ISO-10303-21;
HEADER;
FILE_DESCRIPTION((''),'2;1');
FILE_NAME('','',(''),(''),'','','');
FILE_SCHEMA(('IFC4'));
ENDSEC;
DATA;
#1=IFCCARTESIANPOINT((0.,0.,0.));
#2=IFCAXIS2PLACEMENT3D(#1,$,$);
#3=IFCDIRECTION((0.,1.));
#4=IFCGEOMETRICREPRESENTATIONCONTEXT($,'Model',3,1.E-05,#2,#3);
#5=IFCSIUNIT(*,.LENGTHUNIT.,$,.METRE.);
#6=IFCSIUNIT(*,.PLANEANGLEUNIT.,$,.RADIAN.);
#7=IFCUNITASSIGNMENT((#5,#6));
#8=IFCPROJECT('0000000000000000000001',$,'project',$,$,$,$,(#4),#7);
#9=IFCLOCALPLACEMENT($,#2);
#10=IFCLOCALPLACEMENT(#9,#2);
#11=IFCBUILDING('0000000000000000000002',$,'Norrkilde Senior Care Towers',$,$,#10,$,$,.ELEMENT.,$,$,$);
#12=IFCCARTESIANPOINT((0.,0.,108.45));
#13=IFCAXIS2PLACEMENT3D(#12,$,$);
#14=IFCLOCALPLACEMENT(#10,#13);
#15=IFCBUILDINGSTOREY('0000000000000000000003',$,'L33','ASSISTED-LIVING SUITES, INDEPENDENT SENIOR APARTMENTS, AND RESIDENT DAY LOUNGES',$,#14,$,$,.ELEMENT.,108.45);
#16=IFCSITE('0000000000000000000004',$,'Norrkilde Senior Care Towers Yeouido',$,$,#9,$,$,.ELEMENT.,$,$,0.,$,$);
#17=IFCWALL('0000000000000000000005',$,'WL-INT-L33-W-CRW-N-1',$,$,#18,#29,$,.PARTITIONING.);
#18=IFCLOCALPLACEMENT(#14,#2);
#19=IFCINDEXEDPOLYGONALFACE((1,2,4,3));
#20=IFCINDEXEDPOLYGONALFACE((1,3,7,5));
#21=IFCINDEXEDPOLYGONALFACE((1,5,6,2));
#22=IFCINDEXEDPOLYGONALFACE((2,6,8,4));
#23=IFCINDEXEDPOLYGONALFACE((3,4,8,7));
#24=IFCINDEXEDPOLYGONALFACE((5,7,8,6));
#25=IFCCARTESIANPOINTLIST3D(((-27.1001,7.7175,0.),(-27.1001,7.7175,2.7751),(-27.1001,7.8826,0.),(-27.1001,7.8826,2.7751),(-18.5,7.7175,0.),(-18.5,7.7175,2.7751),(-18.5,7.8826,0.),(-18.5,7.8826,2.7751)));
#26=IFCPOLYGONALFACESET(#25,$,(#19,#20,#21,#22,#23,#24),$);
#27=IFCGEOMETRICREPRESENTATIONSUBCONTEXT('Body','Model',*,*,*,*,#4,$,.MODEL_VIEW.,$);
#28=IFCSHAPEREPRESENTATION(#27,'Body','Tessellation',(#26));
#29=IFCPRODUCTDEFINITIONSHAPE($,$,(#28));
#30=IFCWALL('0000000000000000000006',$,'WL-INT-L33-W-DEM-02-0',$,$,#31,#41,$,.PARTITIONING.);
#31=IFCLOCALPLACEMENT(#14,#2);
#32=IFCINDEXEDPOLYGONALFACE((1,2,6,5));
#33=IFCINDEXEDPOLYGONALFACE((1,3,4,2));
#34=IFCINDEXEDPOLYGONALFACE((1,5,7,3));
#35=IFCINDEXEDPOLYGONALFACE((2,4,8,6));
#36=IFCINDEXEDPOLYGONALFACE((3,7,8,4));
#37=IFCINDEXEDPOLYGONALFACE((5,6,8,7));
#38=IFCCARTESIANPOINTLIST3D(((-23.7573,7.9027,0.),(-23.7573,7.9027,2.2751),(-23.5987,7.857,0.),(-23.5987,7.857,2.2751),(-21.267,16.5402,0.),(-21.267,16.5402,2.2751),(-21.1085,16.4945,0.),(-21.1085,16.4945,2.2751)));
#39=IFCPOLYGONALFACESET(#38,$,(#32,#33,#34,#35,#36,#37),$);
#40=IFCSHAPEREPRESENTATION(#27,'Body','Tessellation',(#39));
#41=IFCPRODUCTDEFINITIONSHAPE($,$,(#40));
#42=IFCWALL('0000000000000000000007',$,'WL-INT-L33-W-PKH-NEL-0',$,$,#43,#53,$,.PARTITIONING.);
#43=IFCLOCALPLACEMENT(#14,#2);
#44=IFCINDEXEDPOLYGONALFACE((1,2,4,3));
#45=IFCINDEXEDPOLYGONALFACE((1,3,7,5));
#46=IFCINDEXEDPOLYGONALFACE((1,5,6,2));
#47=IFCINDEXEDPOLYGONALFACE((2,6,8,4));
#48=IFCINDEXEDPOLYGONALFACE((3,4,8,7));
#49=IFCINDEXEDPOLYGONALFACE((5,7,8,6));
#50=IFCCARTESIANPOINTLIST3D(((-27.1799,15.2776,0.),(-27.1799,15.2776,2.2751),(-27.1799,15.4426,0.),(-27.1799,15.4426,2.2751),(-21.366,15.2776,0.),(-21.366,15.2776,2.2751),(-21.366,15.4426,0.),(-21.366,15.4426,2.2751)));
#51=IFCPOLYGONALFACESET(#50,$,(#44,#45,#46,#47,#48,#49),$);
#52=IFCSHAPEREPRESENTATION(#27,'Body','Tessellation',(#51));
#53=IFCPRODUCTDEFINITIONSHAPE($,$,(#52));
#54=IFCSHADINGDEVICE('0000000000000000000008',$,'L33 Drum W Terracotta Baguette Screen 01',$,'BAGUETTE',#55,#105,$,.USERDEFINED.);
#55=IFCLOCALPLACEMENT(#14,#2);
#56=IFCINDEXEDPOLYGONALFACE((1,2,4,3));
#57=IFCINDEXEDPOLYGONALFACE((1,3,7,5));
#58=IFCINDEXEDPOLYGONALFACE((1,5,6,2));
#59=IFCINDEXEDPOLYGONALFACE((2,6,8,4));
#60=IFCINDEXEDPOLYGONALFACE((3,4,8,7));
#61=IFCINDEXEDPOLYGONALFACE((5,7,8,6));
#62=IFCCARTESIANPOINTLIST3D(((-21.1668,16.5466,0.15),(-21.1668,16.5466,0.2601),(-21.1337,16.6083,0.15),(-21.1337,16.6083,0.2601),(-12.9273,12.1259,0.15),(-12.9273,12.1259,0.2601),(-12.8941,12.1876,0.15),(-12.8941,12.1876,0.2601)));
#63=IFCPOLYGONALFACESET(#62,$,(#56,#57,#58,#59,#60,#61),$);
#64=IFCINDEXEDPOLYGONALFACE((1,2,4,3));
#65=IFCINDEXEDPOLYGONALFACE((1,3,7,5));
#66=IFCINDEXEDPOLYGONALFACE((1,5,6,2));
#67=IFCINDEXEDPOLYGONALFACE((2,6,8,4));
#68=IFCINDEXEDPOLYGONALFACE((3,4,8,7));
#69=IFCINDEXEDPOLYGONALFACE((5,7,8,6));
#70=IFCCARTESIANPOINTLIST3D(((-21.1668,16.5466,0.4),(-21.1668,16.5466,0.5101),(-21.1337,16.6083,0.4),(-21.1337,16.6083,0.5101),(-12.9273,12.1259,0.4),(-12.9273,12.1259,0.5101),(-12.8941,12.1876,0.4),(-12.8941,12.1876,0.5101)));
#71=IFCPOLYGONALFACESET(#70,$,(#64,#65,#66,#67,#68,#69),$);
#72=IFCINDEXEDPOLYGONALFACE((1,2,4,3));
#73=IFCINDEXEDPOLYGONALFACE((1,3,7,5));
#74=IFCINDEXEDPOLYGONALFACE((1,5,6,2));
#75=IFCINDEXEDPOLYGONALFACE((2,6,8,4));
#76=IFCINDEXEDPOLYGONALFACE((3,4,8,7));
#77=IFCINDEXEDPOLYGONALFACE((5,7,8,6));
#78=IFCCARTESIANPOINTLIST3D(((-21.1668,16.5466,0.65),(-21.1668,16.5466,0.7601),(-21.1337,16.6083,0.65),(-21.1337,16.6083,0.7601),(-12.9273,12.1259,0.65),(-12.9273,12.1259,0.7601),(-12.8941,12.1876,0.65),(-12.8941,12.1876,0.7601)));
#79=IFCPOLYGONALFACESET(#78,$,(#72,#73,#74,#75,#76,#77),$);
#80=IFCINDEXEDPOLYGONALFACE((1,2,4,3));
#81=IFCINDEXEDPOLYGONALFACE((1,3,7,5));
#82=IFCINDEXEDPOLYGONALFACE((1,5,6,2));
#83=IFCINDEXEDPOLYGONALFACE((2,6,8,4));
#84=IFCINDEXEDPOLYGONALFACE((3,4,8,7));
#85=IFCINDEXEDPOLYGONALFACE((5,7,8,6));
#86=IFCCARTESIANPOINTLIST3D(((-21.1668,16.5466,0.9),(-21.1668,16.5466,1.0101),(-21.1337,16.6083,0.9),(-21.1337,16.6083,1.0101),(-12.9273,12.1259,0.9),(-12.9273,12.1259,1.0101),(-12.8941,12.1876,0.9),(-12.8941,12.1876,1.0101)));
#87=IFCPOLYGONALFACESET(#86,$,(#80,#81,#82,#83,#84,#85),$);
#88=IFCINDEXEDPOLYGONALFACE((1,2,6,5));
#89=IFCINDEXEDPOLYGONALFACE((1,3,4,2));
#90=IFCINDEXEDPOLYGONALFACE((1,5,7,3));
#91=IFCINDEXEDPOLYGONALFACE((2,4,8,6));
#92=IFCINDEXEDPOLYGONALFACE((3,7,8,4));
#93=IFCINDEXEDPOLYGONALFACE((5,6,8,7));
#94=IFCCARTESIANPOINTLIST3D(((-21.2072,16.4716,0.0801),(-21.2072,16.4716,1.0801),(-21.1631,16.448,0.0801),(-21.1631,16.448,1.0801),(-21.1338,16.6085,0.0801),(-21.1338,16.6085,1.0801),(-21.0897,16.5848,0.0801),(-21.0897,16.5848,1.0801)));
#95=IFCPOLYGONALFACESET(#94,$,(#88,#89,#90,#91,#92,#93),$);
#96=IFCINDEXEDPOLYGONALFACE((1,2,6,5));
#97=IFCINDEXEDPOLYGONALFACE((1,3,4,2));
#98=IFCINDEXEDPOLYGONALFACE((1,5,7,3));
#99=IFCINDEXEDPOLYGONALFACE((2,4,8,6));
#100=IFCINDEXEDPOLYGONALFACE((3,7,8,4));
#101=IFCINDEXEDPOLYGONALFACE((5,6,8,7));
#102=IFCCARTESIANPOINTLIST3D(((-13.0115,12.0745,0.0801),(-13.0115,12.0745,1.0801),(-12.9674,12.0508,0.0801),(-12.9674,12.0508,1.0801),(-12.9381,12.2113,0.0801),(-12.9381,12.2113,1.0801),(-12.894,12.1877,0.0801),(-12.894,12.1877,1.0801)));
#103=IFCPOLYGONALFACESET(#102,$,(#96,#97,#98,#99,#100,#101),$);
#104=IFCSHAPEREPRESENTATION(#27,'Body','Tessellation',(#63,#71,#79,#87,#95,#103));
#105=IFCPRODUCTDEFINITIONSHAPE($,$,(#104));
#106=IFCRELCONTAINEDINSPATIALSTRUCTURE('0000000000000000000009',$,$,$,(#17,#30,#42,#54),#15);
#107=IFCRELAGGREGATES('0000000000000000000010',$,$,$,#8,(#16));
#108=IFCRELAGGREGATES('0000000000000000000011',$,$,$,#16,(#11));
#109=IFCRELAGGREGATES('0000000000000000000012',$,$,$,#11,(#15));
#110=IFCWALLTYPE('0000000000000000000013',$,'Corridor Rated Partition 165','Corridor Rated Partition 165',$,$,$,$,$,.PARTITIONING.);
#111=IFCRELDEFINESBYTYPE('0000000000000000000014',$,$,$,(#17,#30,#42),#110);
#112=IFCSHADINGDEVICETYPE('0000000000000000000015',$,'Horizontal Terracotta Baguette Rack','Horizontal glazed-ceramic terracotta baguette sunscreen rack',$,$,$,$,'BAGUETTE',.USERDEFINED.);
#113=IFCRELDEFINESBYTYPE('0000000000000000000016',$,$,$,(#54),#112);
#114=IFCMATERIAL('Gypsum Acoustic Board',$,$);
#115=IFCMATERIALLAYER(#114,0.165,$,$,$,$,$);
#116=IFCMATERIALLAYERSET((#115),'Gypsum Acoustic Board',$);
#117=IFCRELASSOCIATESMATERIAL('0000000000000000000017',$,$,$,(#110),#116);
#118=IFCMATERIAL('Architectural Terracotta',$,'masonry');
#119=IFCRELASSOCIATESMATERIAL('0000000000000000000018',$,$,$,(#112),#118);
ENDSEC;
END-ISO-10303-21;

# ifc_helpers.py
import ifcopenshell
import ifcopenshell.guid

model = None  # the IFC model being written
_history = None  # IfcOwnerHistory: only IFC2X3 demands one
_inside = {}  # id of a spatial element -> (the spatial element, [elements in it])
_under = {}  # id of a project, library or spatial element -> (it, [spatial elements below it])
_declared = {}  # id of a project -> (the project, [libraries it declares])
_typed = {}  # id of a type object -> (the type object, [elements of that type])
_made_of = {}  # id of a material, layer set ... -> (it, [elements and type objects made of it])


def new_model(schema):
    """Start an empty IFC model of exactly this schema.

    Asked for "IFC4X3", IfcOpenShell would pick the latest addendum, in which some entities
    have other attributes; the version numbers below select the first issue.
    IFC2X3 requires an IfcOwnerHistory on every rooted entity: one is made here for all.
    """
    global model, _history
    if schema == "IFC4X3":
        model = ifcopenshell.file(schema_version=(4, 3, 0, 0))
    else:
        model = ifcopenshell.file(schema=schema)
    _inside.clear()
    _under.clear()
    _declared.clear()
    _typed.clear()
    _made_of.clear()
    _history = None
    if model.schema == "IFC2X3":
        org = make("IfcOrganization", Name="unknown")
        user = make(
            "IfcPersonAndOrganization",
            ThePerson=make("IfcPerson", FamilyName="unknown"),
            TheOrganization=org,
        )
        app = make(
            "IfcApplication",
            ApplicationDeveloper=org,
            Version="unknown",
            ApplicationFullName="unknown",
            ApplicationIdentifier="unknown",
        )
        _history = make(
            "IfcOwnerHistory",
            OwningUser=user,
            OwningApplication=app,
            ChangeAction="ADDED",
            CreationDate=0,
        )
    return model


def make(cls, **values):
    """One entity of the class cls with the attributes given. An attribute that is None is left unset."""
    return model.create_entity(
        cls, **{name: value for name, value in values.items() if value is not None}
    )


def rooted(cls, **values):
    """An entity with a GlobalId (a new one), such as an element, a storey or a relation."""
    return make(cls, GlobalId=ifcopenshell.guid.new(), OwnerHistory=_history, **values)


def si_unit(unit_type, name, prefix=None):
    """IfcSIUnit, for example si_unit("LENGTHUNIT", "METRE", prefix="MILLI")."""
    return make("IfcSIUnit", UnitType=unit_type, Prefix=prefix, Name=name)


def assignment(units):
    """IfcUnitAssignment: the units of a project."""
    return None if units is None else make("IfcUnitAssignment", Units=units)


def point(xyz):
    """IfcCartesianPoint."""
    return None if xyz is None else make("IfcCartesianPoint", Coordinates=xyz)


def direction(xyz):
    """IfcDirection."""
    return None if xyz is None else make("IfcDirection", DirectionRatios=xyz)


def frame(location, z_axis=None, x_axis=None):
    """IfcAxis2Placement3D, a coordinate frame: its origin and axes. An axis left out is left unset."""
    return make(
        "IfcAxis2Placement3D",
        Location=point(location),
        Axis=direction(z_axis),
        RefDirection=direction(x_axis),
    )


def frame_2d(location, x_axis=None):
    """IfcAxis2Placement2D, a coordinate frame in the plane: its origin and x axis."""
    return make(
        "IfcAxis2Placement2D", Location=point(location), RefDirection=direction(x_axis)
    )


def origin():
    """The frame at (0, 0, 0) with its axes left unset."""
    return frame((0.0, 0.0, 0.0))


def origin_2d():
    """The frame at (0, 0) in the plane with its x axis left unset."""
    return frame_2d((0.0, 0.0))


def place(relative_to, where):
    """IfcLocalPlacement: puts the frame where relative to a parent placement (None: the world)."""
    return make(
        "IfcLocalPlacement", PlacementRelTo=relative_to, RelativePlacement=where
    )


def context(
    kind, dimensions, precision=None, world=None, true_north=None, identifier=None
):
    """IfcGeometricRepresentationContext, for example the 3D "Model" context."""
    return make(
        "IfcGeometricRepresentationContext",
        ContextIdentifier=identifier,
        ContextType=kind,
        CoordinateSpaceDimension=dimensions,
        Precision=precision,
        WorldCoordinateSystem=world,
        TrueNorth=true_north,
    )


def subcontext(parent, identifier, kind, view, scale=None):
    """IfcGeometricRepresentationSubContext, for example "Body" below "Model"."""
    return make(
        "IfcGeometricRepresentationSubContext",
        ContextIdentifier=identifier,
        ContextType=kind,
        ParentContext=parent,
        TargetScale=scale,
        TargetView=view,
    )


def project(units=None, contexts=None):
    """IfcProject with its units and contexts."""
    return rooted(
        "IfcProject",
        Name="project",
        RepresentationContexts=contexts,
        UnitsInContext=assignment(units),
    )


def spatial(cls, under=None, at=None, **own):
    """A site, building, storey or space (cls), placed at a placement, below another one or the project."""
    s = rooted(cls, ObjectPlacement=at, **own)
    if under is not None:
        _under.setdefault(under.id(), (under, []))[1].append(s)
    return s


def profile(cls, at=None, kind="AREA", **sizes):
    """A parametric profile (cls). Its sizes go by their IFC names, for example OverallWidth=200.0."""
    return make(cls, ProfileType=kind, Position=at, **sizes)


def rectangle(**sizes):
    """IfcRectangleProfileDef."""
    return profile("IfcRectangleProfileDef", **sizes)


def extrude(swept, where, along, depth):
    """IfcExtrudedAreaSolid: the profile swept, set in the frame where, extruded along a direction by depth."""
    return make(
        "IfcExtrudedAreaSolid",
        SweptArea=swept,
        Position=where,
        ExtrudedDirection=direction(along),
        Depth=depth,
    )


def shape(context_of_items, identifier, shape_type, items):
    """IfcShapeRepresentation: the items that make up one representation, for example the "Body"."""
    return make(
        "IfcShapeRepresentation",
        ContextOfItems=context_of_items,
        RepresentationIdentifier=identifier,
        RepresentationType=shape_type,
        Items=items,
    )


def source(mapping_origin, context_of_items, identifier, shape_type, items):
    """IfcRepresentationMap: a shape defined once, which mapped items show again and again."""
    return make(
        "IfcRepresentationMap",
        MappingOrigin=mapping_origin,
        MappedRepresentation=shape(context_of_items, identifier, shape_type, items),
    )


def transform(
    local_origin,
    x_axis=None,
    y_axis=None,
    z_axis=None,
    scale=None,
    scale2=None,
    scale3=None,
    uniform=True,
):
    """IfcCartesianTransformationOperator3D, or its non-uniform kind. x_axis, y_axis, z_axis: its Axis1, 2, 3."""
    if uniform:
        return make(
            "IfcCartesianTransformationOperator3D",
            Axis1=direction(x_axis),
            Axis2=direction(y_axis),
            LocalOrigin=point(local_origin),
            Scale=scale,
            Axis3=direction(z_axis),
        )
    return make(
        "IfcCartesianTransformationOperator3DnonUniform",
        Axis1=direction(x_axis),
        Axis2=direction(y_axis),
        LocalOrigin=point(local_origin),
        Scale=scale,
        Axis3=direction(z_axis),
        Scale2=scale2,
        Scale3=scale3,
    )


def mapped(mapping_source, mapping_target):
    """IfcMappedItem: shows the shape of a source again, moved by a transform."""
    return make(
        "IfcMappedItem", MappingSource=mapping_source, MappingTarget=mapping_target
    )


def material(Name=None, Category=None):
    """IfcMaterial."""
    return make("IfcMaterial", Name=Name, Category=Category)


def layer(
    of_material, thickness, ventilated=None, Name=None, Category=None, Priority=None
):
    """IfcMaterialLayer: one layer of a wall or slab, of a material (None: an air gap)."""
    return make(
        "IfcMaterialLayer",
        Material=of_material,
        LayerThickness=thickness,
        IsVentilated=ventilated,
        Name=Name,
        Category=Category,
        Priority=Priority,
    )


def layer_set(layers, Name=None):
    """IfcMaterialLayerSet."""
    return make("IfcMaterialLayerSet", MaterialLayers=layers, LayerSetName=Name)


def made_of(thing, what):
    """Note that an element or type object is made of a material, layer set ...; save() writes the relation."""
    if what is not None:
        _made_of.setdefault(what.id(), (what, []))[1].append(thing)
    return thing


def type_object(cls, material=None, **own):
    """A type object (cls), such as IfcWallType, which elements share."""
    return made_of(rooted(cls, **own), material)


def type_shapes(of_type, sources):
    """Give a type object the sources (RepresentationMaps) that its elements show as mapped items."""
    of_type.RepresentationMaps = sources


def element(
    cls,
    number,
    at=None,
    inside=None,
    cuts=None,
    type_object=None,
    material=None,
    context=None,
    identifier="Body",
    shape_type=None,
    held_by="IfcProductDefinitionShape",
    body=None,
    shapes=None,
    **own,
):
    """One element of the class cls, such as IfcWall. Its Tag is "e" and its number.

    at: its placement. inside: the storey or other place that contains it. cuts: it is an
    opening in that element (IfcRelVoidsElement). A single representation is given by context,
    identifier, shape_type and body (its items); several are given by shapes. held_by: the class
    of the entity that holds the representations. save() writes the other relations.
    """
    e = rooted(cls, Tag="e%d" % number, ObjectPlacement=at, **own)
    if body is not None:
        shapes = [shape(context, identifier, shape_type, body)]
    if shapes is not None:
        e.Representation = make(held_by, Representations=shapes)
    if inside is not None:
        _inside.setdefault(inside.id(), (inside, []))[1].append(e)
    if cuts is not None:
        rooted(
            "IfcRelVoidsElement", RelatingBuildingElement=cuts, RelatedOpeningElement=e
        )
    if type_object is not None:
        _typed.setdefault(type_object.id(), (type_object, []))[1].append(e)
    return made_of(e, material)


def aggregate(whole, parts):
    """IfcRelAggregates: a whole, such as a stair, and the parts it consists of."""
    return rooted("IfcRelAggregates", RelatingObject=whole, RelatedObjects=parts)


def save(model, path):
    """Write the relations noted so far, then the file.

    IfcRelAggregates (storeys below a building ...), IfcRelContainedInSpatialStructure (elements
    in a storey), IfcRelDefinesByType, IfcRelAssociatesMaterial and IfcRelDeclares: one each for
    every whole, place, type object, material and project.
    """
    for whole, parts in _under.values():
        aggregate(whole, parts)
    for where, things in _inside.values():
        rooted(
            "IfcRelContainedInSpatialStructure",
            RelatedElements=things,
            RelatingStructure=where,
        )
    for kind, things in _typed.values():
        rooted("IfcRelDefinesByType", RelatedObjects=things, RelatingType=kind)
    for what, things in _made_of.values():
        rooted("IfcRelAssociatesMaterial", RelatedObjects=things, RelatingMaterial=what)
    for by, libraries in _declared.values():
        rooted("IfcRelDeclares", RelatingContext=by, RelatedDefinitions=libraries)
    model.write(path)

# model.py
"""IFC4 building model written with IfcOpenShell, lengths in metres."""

from ifc_helpers import new_model, si_unit, direction, frame, frame_2d, origin, origin_2d, place, context, subcontext, project, spatial, rectangle, extrude, source, transform, mapped, material, layer, layer_set, type_object, type_shapes, element, save


model = new_model("IFC4")

# Units and contexts
model_context = context("Model", 3, precision=1e-05, world=origin(), true_north=direction((0.0, 1.0)))
body_context = subcontext(model_context, "Body", "Model", "MODEL_VIEW")
ifc_project = project(units=[si_unit("LENGTHUNIT", "METRE"), si_unit("PLANEANGLEUNIT", "RADIAN")], contexts=[model_context])

# Site, building, storey
site_placement = place(None, origin())
site = spatial("IfcSite", under=ifc_project, at=site_placement, Name="Norrkilde Senior Care Towers Yeouido", CompositionType="ELEMENT", RefElevation=0.0)
building_placement = place(site_placement, origin())
building = spatial("IfcBuilding", under=site, at=building_placement, Name="Norrkilde Senior Care Towers", CompositionType="ELEMENT")
storey_placement = place(building_placement, frame((0.0, 0.0, 108.45)))
storey = spatial("IfcBuildingStorey", under=building, at=storey_placement, Name="L33", Description="ASSISTED-LIVING SUITES, INDEPENDENT SENIOR APARTMENTS, AND RESIDENT DAY LOUNGES", CompositionType="ELEMENT", Elevation=108.45)

# Shared definitions
ifc_material_1 = material(Name="Gypsum Acoustic Board")
ifc_layer_1 = layer(ifc_material_1, 0.165)
ifc_layer_set_1 = layer_set([ifc_layer_1], Name="Gypsum Acoustic Board")
wall_type = type_object("IfcWallType", Name="Corridor Rated Partition 165", Description="Corridor Rated Partition 165", PredefinedType="PARTITIONING", material=ifc_layer_set_1)

# Walls
shared_shape_1 = source(origin(), body_context, "Body", "SweptSolid", [
    extrude(rectangle(XDim=8.6001, YDim=0.165, at=frame_2d((4.3, 0.0))), origin(), (0.0, 0.0, 1.0), 2.7751),
])
wall_1_placement = place(storey_placement, frame((-27.1001, 7.8, 0.0), z_axis=(0.0, 0.0, 1.0), x_axis=(1.0, 0.0, 0.0)))
element("IfcWall", 1, at=wall_1_placement, inside=storey, type_object=wall_type, Name="WL-INT-L33-W-CRW-N-1", PredefinedType="PARTITIONING", context=body_context, shape_type="MappedRepresentation", body=[
    mapped(shared_shape_1, transform((0.0, 0.0, 0.0), x_axis=(1.0, 0.0, 0.0), y_axis=(0.0, 1.0, 0.0), z_axis=(0.0, 0.0, 1.0), scale=1.0)),
])
shared_shape_2 = source(origin(), body_context, "Body", "SweptSolid", [
    extrude(rectangle(XDim=8.9893, YDim=0.165, at=frame_2d((4.4946, 0.0))), origin(), (0.0, 0.0, 1.0), 2.2751),
])
wall_2_placement = place(storey_placement, frame((-23.678, 7.8799, 0.0), z_axis=(0.0, 0.0, 1.0), x_axis=(0.277023, 0.960863, 0.0)))
element("IfcWall", 2, at=wall_2_placement, inside=storey, type_object=wall_type, Name="WL-INT-L33-W-DEM-02-0", PredefinedType="PARTITIONING", context=body_context, shape_type="MappedRepresentation", body=[
    mapped(shared_shape_2, transform((0.0, 0.0, 0.0), x_axis=(1.0, 0.0, 0.0), y_axis=(0.0, 1.0, 0.0), z_axis=(0.0, 0.0, 1.0), scale=1.0)),
])
shared_shape_3 = source(origin(), body_context, "Body", "SweptSolid", [
    extrude(rectangle(XDim=5.814, YDim=0.165, at=frame_2d((2.907, 0.0))), origin(), (0.0, 0.0, 1.0), 2.2751),
])
wall_3_placement = place(storey_placement, frame((-27.1799, 15.3601, 0.0), z_axis=(0.0, 0.0, 1.0), x_axis=(1.0, 0.0, 0.0)))
element("IfcWall", 3, at=wall_3_placement, inside=storey, type_object=wall_type, Name="WL-INT-L33-W-PKH-NEL-0", PredefinedType="PARTITIONING", context=body_context, shape_type="MappedRepresentation", body=[
    mapped(shared_shape_3, transform((0.0, 0.0, 0.0), x_axis=(1.0, 0.0, 0.0), y_axis=(0.0, 1.0, 0.0), z_axis=(0.0, 0.0, 1.0), scale=1.0)),
])

# Shading device
ifc_material_2 = material(Name="Architectural Terracotta", Category="masonry")
shading_device_type = type_object("IfcShadingDeviceType", Name="Horizontal Terracotta Baguette Rack", Description="Horizontal glazed-ceramic terracotta baguette sunscreen rack", ElementType="BAGUETTE", PredefinedType="USERDEFINED", material=ifc_material_2)
shared_shape_4 = source(origin(), body_context, "Body", "SweptSolid", [
    extrude(rectangle(XDim=0.0701, YDim=0.1101, at=origin_2d()), frame((0.0, 0.0901, 0.125), z_axis=(1.0, 0.0, 0.0), x_axis=(0.0, 1.0, 0.0)), (0.0, 0.0, 1.0), 9.3506),
    extrude(rectangle(XDim=0.0701, YDim=0.1101, at=origin_2d()), frame((0.0, 0.0901, 0.375), z_axis=(1.0, 0.0, 0.0), x_axis=(0.0, 1.0, 0.0)), (0.0, 0.0, 1.0), 9.3506),
    extrude(rectangle(XDim=0.0701, YDim=0.1101, at=origin_2d()), frame((0.0, 0.0901, 0.625), z_axis=(1.0, 0.0, 0.0), x_axis=(0.0, 1.0, 0.0)), (0.0, 0.0, 1.0), 9.3506),
    extrude(rectangle(XDim=0.0701, YDim=0.1101, at=origin_2d()), frame((0.0, 0.0901, 0.875), z_axis=(1.0, 0.0, 0.0), x_axis=(0.0, 1.0, 0.0)), (0.0, 0.0, 1.0), 9.3506),
    extrude(rectangle(XDim=0.05, YDim=0.1553, at=origin_2d()), frame((0.0249, 0.0476, 0.0)), (0.0, 0.0, 1.0), 1.0),
    extrude(rectangle(XDim=0.05, YDim=0.1553, at=origin_2d()), frame((9.3257, 0.0476, 0.0)), (0.0, 0.0, 1.0), 1.0),
])
type_shapes(shading_device_type, [shared_shape_4])
shading_device_placement = place(storey_placement, frame((-21.1929, 16.498, 0.0801), z_axis=(0.0, 0.0, 1.0), x_axis=(0.881175, -0.472768, 0.0)))
element("IfcShadingDevice", 4, at=shading_device_placement, inside=storey, type_object=shading_device_type, Name="L33 Drum W Terracotta Baguette Screen 01", ObjectType="BAGUETTE", PredefinedType="USERDEFINED", context=body_context, shape_type="MappedRepresentation", body=[
    mapped(shared_shape_4, transform((0.0, 0.0, 0.0), x_axis=(1.0, 0.0, 0.0), y_axis=(0.0, 1.0, 0.0), z_axis=(0.0, 0.0, 1.0), scale=1.0)),
])

save(model, "model.ifc")
